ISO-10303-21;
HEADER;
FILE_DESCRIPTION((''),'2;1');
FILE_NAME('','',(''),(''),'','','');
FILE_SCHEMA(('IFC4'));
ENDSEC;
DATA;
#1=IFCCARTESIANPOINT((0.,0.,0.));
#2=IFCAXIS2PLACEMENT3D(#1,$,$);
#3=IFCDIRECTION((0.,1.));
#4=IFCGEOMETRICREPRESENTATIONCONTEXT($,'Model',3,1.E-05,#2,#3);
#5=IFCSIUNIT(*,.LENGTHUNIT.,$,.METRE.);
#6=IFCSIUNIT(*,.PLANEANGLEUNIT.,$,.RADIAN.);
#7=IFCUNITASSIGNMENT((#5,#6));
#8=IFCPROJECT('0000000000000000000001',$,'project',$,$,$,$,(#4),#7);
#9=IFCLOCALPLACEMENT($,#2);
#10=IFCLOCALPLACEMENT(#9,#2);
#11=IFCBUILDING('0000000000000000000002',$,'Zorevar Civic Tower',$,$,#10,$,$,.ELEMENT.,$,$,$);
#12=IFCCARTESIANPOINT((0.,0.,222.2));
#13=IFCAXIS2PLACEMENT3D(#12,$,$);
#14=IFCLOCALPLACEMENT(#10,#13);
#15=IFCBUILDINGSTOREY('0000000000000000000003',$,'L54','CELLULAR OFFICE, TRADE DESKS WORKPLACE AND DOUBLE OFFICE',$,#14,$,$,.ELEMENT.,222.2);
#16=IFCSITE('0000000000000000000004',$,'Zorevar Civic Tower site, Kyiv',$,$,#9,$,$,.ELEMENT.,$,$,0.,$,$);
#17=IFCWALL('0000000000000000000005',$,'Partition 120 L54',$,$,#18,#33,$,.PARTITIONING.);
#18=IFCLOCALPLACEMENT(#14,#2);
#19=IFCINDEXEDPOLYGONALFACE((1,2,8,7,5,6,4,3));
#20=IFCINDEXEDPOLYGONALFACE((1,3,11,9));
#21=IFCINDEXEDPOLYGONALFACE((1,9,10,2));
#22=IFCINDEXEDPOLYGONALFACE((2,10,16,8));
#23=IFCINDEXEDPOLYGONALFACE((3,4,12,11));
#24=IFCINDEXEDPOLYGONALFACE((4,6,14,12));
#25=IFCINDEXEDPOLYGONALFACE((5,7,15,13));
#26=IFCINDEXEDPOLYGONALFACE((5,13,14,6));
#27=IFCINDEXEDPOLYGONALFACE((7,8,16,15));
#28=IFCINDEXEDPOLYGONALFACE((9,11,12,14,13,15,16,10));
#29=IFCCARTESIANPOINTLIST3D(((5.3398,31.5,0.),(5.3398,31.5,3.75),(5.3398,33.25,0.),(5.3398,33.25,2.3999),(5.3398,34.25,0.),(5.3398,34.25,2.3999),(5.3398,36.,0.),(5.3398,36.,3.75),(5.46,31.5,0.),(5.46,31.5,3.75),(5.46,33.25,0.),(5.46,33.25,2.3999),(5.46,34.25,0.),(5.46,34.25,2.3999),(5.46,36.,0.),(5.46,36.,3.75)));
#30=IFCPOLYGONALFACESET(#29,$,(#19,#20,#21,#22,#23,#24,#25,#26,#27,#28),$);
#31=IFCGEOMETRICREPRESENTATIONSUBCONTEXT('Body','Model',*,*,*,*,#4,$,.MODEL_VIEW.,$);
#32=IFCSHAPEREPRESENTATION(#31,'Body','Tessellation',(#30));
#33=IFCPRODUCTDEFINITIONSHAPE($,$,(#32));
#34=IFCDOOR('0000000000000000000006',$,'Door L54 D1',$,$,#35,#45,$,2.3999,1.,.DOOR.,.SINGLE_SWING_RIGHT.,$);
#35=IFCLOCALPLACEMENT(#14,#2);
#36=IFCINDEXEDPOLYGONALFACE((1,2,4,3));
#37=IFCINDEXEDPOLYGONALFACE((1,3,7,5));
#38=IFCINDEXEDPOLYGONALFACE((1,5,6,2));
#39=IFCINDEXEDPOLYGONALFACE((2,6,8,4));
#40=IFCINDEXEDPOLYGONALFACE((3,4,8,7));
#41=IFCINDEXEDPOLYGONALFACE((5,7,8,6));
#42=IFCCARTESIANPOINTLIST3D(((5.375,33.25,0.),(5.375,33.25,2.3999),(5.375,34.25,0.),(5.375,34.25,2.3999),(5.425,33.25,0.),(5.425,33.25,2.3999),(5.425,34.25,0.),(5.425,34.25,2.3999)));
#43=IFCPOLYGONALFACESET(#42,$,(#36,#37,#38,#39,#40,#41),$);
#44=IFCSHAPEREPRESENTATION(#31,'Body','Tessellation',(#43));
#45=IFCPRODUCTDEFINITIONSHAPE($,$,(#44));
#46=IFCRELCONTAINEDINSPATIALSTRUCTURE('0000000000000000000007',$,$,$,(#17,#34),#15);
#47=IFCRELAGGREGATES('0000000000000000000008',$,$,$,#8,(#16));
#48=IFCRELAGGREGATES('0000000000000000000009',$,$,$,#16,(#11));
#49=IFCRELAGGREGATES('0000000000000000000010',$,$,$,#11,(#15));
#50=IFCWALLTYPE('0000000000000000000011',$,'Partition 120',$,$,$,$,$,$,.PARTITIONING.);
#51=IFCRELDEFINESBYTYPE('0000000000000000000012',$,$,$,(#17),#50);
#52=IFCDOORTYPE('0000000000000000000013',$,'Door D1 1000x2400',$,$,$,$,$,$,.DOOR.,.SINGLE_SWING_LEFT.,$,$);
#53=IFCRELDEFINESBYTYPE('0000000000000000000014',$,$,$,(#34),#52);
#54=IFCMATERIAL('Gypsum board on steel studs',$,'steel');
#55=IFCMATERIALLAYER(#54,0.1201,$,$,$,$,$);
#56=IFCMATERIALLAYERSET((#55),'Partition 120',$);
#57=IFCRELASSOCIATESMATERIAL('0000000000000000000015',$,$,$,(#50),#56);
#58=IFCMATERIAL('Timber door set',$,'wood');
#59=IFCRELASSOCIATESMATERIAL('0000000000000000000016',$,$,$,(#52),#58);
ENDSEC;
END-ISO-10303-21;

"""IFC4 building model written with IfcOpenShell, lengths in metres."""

from ifc_helpers import new_model, si_unit, direction, frame, frame_2d, origin, place, context, subcontext, project, spatial, rectangle, extrude, material, layer, layer_set, type_object, element, fill, save


model = new_model("IFC4")

# Units and contexts
model_context = context("Model", 3, precision=1e-05, world=origin(), true_north=direction((0.0, 1.0)))
body_context = subcontext(model_context, "Body", "Model", "MODEL_VIEW")
ifc_project = project(units=[si_unit("LENGTHUNIT", "METRE"), si_unit("PLANEANGLEUNIT", "RADIAN")], contexts=[model_context])

# Site, building, storey
site_placement = place(None, origin())
site = spatial("IfcSite", under=ifc_project, at=site_placement, Name="Zorevar Civic Tower site, Kyiv", CompositionType="ELEMENT", RefElevation=0.0)
building_placement = place(site_placement, origin())
building = spatial("IfcBuilding", under=site, at=building_placement, Name="Zorevar Civic Tower", CompositionType="ELEMENT")
storey_placement = place(building_placement, frame((0.0, 0.0, 222.2)))
storey = spatial("IfcBuildingStorey", under=building, at=storey_placement, Name="L54", Description="CELLULAR OFFICE, TRADE DESKS WORKPLACE AND DOUBLE OFFICE", CompositionType="ELEMENT", Elevation=222.2)

# Shared definitions
ifc_material_1 = material(Name="Gypsum board on steel studs", Category="steel")
ifc_layer_1 = layer(ifc_material_1, 0.1201)
ifc_layer_set_1 = layer_set([ifc_layer_1], Name="Partition 120")
wall_type = type_object("IfcWallType", Name="Partition 120", PredefinedType="PARTITIONING", material=ifc_layer_set_1)

# Wall, opening, door
wall_1_placement = place(storey_placement, frame((5.3999, 31.5, 0.0), z_axis=(0.0, 0.0, 1.0), x_axis=(0.0, 1.0, 0.0)))
wall_1 = element("IfcWall", 1, at=wall_1_placement, inside=storey, type_object=wall_type, Name="Partition 120 L54", PredefinedType="PARTITIONING", context=body_context, shape_type="SweptSolid", body=[
    extrude(rectangle(XDim=4.5, YDim=0.1201, at=frame_2d((2.25, 0.0))), origin(), (0.0, 0.0, 1.0), 3.75),
])
opening_placement = place(wall_1_placement, frame((1.75, 0.0, 0.0)))
opening = element("IfcOpeningElement", 2, at=opening_placement, cuts=wall_1, PredefinedType="OPENING", context=body_context, shape_type="SweptSolid", body=[
    extrude(rectangle(XDim=1.0, YDim=2.3999, at=frame_2d((0.5, 1.2))), frame((0.0, 0.0701, 0.0), z_axis=(0.0, -1.0, 0.0), x_axis=(1.0, 0.0, 0.0)), (0.0, 0.0, 1.0), 0.1401),
])
ifc_material_2 = material(Name="Timber door set", Category="wood")
door_type = type_object("IfcDoorType", Name="Door D1 1000x2400", OperationType="SINGLE_SWING_LEFT", PredefinedType="DOOR", material=ifc_material_2)
door_placement = place(opening_placement, origin())
door = element("IfcDoor", 3, at=door_placement, inside=storey, type_object=door_type, Name="Door L54 D1", OperationType="SINGLE_SWING_RIGHT", OverallHeight=2.3999, OverallWidth=1.0, PredefinedType="DOOR", context=body_context, shape_type="SweptSolid", body=[
    extrude(rectangle(XDim=1.0, YDim=2.3999, at=frame_2d((0.5, 1.2))), frame((0.0, 0.0249, 0.0), z_axis=(0.0, -1.0, 0.0), x_axis=(1.0, 0.0, 0.0)), (0.0, 0.0, 1.0), 0.05),
])
fill(opening, door)

save(model, "model.ifc")
